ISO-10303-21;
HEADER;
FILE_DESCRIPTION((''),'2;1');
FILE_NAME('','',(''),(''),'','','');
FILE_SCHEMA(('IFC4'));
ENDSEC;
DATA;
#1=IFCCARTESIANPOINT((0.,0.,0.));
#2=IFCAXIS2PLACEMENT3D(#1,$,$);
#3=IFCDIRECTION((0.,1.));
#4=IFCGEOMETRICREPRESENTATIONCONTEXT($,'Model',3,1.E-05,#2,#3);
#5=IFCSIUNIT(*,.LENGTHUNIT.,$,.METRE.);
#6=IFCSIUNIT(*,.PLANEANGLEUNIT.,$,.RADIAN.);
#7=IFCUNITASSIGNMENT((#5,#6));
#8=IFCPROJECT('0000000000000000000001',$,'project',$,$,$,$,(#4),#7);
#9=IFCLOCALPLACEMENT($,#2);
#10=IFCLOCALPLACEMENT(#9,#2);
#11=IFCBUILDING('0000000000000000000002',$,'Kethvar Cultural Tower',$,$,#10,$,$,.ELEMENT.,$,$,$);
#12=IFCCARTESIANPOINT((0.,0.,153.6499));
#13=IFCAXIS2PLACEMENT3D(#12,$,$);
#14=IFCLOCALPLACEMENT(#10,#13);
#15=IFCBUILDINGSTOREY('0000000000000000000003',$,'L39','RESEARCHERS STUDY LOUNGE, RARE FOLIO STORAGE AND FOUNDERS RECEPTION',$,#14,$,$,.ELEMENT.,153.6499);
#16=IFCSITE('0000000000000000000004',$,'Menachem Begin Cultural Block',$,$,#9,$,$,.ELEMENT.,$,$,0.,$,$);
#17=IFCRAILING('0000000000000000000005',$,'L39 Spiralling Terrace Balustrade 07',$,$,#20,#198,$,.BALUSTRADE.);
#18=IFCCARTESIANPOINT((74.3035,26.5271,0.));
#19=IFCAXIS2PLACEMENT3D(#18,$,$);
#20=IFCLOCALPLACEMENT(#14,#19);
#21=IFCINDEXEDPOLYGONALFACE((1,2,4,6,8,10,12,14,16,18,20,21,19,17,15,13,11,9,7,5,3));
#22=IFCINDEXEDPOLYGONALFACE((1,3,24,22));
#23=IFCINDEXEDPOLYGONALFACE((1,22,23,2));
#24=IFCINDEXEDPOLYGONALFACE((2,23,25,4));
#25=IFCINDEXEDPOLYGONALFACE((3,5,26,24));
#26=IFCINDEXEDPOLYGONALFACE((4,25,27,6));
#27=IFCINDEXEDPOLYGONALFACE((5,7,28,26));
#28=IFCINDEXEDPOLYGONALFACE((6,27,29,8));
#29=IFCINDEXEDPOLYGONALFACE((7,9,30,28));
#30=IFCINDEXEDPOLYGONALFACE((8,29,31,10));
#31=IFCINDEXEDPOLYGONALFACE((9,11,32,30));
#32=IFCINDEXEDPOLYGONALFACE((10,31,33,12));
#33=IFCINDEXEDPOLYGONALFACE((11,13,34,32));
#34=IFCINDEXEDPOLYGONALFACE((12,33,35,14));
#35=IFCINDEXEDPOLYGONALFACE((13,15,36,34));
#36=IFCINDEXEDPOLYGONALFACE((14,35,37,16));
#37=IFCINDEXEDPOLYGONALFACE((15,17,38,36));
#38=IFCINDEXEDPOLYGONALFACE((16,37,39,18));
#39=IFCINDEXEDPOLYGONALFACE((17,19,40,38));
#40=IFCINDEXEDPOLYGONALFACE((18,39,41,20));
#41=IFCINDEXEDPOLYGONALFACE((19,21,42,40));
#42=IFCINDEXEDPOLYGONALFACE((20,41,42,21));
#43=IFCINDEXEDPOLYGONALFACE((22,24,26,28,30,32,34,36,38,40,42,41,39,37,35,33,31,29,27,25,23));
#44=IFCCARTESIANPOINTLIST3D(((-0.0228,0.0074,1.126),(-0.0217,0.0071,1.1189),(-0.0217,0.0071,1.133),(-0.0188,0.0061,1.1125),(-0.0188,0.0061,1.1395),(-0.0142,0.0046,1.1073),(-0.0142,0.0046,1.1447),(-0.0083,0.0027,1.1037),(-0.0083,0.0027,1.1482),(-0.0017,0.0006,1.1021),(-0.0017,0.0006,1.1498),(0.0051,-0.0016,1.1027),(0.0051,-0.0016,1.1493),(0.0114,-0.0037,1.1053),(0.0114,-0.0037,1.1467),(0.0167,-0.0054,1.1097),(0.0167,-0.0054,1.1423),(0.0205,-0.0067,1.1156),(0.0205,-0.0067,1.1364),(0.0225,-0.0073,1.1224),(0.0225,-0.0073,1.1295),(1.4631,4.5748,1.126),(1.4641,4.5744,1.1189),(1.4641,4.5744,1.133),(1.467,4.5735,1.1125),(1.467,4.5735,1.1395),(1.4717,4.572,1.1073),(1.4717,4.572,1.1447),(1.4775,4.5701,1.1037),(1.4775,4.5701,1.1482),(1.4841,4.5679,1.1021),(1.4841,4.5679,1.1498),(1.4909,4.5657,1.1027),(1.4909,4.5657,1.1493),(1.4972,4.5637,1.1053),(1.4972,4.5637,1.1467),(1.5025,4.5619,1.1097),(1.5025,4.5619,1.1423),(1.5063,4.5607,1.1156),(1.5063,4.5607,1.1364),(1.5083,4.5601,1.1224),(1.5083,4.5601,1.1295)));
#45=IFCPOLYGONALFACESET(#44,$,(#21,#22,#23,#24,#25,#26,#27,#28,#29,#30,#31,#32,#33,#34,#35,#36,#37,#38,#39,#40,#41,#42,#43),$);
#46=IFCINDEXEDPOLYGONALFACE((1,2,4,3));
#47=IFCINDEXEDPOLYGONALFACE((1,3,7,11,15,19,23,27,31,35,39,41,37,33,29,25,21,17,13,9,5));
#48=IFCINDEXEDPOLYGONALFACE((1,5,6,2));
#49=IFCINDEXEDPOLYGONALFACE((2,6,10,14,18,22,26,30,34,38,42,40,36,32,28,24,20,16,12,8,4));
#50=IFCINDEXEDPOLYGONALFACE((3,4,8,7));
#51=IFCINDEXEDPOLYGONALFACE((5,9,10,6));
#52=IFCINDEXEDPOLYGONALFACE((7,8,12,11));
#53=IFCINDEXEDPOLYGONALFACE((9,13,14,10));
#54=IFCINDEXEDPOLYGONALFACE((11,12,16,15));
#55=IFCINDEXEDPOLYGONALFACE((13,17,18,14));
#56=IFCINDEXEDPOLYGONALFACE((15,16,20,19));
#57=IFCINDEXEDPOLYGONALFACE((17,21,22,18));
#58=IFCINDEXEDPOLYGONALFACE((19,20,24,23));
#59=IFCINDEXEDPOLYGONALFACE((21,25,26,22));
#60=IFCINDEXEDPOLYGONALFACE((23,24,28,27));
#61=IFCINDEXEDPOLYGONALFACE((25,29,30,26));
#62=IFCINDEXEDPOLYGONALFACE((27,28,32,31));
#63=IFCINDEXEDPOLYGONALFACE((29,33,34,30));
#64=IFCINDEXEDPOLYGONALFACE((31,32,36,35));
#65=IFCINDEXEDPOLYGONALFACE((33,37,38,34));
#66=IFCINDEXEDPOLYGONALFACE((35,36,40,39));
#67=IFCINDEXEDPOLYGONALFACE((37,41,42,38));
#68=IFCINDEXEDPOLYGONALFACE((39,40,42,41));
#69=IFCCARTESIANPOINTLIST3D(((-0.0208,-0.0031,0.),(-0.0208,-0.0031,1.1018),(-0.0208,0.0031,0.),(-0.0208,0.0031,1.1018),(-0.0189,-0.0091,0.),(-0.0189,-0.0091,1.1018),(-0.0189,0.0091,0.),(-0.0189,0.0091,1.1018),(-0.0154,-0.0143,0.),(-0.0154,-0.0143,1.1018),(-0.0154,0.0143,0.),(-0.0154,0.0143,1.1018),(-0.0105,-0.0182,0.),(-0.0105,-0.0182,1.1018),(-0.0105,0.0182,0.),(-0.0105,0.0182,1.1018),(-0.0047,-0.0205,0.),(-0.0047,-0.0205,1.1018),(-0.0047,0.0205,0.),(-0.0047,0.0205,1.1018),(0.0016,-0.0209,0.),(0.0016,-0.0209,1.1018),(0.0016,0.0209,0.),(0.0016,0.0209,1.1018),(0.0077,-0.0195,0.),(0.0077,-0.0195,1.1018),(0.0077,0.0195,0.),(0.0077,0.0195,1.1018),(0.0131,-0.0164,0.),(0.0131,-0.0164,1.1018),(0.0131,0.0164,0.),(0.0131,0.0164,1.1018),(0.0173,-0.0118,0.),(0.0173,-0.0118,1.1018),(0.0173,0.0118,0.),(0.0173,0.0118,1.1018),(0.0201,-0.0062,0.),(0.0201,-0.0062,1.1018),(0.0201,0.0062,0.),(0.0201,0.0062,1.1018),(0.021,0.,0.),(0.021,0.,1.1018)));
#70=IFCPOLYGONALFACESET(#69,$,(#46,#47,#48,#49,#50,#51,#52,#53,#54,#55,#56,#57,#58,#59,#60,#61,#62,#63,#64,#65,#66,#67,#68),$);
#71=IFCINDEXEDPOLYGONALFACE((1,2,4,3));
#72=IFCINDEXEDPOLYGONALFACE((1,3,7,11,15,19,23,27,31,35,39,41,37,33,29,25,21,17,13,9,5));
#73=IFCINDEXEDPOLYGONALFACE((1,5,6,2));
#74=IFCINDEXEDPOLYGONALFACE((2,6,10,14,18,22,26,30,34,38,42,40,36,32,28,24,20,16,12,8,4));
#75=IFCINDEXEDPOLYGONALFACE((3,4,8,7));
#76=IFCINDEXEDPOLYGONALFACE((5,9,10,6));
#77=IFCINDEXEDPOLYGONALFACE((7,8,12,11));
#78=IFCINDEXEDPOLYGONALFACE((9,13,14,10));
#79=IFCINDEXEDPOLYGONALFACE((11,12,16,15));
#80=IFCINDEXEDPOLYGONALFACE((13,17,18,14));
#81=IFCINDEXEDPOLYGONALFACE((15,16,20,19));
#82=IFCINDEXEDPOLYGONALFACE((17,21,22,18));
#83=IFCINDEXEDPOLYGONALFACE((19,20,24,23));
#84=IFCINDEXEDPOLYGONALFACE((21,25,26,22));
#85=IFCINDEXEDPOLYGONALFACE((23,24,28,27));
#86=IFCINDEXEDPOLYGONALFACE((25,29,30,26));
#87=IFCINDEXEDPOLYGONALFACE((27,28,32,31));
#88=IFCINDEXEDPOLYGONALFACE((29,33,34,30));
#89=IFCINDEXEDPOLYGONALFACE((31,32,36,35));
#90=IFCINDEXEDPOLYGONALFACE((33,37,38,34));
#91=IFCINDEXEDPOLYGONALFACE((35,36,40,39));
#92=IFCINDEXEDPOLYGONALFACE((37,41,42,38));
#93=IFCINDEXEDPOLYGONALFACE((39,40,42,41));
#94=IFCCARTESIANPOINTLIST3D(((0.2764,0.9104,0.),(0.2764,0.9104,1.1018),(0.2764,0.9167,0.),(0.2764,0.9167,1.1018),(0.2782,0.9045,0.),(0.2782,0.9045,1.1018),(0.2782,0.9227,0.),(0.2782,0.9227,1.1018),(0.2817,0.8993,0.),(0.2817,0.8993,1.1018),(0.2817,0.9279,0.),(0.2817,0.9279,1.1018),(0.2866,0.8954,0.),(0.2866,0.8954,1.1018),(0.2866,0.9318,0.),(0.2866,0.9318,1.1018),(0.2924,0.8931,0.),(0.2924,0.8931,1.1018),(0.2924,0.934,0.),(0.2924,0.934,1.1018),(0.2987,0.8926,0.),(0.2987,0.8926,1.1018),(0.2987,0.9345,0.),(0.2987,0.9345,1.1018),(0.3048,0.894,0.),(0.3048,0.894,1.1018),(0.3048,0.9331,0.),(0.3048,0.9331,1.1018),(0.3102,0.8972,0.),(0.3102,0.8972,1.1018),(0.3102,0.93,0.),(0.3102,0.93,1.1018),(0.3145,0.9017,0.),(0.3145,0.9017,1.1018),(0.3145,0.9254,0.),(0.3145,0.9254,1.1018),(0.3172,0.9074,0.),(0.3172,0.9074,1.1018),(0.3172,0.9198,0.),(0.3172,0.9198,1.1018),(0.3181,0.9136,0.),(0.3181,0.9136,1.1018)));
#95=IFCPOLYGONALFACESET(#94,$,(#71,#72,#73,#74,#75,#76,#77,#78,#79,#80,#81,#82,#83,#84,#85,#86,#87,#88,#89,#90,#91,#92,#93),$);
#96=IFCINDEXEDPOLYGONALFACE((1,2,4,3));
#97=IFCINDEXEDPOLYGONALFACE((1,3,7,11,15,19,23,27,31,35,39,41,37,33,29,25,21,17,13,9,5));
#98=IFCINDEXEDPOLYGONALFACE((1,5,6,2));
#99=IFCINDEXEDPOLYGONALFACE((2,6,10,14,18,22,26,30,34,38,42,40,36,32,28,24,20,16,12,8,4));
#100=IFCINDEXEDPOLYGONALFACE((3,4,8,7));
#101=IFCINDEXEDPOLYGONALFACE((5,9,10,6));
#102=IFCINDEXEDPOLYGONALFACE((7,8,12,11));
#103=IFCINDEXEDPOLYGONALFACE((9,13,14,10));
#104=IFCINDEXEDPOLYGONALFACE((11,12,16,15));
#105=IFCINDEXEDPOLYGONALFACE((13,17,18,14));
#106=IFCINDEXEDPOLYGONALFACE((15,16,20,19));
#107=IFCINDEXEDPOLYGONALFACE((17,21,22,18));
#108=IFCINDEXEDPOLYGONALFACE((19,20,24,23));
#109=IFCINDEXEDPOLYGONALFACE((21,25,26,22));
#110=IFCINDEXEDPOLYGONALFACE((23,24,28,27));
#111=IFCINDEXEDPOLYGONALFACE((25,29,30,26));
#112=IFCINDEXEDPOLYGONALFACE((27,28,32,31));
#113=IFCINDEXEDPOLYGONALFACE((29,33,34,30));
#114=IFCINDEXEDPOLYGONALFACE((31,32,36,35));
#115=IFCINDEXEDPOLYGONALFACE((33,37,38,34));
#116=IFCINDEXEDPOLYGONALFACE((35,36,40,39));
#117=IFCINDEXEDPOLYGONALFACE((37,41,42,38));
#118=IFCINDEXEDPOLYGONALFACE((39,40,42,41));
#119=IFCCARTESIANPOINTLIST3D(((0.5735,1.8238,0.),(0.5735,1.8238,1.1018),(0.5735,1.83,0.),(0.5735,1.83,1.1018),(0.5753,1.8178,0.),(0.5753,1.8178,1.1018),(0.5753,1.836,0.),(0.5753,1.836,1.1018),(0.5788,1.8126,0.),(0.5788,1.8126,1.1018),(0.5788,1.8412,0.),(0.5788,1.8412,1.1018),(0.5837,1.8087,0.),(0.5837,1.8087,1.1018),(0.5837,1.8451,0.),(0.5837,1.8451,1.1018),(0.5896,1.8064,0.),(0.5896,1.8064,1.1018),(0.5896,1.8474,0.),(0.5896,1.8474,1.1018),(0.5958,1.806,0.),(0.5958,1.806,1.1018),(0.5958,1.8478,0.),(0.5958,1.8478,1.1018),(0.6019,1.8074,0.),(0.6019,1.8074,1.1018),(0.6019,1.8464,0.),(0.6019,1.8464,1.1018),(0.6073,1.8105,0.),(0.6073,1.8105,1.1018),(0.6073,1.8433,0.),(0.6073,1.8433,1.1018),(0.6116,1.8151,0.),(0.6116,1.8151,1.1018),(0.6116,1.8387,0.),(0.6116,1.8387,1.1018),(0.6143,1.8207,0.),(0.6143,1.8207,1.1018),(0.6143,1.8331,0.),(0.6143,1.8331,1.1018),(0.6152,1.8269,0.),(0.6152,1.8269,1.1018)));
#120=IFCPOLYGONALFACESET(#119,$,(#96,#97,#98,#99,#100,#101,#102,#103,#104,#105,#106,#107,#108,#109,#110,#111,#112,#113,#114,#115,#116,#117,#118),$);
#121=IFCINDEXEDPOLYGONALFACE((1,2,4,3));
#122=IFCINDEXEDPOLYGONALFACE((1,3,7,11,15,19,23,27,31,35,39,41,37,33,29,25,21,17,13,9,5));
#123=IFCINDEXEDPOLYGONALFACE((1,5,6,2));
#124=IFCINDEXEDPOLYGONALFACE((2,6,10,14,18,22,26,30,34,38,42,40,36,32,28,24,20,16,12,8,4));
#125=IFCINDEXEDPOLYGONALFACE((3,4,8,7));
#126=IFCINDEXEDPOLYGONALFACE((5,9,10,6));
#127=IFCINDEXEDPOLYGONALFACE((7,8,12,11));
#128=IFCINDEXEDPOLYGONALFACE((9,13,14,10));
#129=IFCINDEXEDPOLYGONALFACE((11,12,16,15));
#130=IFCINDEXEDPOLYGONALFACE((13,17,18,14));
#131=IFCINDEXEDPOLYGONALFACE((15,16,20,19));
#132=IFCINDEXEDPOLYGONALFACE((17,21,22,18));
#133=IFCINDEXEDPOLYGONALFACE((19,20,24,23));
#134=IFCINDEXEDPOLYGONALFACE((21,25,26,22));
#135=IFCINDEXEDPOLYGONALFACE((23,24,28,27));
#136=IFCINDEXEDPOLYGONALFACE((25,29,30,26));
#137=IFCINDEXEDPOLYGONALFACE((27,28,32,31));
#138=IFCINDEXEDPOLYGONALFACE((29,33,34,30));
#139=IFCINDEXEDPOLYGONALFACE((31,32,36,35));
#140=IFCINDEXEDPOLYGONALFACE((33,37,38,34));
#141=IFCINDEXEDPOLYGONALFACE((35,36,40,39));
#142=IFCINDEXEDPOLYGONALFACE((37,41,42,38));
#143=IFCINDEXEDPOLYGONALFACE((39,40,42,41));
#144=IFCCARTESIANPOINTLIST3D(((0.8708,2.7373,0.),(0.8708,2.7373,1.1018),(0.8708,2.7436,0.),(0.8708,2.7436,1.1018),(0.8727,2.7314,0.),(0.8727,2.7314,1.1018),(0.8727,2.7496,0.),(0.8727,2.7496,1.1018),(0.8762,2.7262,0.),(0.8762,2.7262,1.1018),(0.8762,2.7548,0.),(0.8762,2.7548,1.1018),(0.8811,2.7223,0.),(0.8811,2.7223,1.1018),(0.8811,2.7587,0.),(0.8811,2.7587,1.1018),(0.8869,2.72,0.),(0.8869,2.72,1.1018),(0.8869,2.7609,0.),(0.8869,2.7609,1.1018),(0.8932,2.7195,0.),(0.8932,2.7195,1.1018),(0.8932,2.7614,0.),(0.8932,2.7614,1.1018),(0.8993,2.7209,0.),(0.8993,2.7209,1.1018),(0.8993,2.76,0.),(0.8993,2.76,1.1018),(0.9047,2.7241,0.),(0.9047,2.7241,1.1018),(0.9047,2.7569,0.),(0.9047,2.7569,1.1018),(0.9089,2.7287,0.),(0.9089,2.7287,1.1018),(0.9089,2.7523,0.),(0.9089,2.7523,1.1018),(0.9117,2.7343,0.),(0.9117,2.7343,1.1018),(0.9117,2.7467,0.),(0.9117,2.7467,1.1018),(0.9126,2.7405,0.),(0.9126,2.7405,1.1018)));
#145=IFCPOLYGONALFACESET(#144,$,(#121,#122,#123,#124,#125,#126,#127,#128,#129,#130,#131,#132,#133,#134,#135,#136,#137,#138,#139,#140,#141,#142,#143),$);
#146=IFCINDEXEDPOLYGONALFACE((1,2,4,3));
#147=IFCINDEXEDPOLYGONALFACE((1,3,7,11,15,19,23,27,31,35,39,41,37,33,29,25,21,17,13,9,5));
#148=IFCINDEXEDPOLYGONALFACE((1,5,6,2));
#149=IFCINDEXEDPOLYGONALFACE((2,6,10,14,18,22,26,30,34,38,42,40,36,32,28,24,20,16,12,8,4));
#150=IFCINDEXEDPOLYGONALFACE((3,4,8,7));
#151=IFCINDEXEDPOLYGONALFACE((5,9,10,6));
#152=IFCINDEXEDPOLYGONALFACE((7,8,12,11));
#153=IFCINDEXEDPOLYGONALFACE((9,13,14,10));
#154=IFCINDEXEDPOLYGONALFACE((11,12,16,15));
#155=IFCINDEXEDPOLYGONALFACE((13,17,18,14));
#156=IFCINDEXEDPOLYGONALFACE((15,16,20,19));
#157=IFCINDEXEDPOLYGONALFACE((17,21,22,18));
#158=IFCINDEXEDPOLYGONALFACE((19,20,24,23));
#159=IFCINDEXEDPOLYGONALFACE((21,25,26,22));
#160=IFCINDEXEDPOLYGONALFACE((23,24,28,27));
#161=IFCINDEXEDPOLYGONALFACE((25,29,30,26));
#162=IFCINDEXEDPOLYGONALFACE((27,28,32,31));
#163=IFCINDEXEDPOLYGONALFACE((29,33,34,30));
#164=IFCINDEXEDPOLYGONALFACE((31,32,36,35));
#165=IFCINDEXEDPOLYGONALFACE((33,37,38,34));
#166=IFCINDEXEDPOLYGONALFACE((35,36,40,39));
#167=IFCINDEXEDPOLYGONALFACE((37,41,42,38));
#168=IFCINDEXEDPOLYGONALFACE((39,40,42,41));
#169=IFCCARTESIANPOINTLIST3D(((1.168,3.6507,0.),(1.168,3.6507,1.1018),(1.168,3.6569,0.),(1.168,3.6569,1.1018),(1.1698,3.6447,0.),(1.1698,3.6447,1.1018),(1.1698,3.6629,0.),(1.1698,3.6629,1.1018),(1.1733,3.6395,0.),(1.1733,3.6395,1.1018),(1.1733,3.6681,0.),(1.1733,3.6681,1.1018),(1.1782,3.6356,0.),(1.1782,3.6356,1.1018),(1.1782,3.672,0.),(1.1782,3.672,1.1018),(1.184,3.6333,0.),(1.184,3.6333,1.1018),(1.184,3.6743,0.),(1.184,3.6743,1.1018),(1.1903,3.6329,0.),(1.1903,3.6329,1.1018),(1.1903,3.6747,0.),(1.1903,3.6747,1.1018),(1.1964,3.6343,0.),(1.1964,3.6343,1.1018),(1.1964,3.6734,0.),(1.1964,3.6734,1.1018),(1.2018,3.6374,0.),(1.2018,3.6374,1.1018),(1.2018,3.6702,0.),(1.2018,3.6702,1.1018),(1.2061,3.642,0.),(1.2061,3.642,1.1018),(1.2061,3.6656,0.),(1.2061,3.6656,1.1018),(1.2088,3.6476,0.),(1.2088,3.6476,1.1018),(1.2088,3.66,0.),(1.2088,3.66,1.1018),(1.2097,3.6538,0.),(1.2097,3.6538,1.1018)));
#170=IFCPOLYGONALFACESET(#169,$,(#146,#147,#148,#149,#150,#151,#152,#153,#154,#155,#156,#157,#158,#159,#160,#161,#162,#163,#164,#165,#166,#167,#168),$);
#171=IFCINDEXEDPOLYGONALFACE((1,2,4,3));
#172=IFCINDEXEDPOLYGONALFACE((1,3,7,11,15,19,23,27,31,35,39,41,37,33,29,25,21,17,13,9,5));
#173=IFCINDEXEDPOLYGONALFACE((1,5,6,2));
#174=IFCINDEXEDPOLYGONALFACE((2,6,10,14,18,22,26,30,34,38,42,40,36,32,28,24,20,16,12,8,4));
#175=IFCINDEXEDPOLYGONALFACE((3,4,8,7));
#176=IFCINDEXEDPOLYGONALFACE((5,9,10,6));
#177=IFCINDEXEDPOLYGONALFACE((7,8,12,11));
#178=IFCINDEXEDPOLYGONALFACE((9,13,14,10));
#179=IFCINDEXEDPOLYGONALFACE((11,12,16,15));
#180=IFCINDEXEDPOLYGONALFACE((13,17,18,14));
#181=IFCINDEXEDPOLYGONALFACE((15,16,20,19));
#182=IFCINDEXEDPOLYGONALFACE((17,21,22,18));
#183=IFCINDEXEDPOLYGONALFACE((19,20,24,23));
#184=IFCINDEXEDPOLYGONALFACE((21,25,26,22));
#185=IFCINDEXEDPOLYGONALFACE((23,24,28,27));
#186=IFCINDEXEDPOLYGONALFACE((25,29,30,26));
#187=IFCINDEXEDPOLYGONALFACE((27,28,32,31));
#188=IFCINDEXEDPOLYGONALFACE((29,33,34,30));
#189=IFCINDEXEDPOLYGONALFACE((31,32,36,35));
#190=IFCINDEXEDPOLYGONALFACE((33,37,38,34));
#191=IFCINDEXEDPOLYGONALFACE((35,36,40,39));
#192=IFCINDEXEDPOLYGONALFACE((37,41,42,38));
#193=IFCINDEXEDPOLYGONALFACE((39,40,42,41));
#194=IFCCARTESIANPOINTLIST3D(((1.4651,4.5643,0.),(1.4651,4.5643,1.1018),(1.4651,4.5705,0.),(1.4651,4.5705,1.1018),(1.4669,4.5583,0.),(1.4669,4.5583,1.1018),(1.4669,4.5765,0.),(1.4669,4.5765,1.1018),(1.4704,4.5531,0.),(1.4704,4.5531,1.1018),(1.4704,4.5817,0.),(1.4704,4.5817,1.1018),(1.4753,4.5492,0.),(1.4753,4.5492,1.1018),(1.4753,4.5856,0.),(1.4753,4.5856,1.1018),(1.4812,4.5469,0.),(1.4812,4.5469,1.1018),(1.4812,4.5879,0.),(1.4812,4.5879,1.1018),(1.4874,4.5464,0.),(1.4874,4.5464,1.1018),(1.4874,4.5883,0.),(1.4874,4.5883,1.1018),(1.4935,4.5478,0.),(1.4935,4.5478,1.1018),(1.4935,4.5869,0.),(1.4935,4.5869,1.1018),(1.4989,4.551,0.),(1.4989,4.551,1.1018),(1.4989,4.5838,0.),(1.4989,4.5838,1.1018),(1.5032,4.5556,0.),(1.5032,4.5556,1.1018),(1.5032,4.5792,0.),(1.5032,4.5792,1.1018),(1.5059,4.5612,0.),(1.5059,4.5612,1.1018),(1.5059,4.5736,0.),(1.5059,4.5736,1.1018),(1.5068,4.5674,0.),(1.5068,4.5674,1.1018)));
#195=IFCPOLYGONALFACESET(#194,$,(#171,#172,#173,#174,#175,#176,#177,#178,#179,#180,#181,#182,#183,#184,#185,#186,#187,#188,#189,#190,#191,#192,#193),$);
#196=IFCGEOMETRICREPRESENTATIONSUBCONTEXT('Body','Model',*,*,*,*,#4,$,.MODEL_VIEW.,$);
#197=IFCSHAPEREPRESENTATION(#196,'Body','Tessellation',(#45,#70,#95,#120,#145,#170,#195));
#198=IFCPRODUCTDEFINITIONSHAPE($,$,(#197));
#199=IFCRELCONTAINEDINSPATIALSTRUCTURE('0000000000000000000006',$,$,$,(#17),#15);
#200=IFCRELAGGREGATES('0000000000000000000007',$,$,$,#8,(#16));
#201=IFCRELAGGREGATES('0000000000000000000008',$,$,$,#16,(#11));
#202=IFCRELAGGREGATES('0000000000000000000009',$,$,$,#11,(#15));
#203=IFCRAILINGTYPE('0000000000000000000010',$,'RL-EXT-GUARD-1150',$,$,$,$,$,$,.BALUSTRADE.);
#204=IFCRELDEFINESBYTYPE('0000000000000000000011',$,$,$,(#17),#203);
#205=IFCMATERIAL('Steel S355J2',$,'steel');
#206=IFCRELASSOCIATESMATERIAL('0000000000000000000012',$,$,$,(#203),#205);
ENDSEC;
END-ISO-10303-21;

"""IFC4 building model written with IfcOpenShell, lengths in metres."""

from ifc_helpers import new_model, si_unit, direction, frame, origin, origin_2d, place, context, subcontext, project, spatial, circle, extrude, material, type_object, element, save


model = new_model("IFC4")

# Units and contexts
model_context = context("Model", 3, precision=1e-05, world=origin(), true_north=direction((0.0, 1.0)))
body_context = subcontext(model_context, "Body", "Model", "MODEL_VIEW")
ifc_project = project(units=[si_unit("LENGTHUNIT", "METRE"), si_unit("PLANEANGLEUNIT", "RADIAN")], contexts=[model_context])

# Site, building, storey
site_placement = place(None, origin())
site = spatial("IfcSite", under=ifc_project, at=site_placement, Name="Menachem Begin Cultural Block", CompositionType="ELEMENT", RefElevation=0.0)
building_placement = place(site_placement, origin())
building = spatial("IfcBuilding", under=site, at=building_placement, Name="Kethvar Cultural Tower", CompositionType="ELEMENT")
storey_placement = place(building_placement, frame((0.0, 0.0, 153.6499)))
storey = spatial("IfcBuildingStorey", under=building, at=storey_placement, Name="L39", Description="RESEARCHERS STUDY LOUNGE, RARE FOLIO STORAGE AND FOUNDERS RECEPTION", CompositionType="ELEMENT", Elevation=153.6499)

# Shared definitions
ifc_material_1 = material(Name="Steel S355J2", Category="steel")

# Railing
railing_type = type_object("IfcRailingType", Name="RL-EXT-GUARD-1150", PredefinedType="BALUSTRADE", material=ifc_material_1)
railing_1_placement = place(storey_placement, frame((74.3035, 26.5271, 0.0)))
element("IfcRailing", 1, at=railing_1_placement, inside=storey, type_object=railing_type, Name="L39 Spiralling Terrace Balustrade 07", PredefinedType="BALUSTRADE", context=body_context, shape_type="SweptSolid", body=[
    extrude(circle(Radius=0.0239, at=origin_2d()), frame((0.0, 0.0, 1.126), z_axis=(0.309357, 0.950946, 0.0), x_axis=(-0.950946, 0.309357, 0.0)), (0.0, 0.0, 1.0), 4.803),
    extrude(circle(Radius=0.021, at=origin_2d()), origin(), (0.0, 0.0, 1.0), 1.1018),
    extrude(circle(Radius=0.021, at=origin_2d()), frame((0.2971, 0.9136, 0.0)), (0.0, 0.0, 1.0), 1.1018),
    extrude(circle(Radius=0.021, at=origin_2d()), frame((0.5942, 1.8269, 0.0)), (0.0, 0.0, 1.0), 1.1018),
    extrude(circle(Radius=0.021, at=origin_2d()), frame((0.8916, 2.7405, 0.0)), (0.0, 0.0, 1.0), 1.1018),
    extrude(circle(Radius=0.021, at=origin_2d()), frame((1.1887, 3.6538, 0.0)), (0.0, 0.0, 1.0), 1.1018),
    extrude(circle(Radius=0.021, at=origin_2d()), frame((1.4858, 4.5674, 0.0)), (0.0, 0.0, 1.0), 1.1018),
])

save(model, "model.ifc")
